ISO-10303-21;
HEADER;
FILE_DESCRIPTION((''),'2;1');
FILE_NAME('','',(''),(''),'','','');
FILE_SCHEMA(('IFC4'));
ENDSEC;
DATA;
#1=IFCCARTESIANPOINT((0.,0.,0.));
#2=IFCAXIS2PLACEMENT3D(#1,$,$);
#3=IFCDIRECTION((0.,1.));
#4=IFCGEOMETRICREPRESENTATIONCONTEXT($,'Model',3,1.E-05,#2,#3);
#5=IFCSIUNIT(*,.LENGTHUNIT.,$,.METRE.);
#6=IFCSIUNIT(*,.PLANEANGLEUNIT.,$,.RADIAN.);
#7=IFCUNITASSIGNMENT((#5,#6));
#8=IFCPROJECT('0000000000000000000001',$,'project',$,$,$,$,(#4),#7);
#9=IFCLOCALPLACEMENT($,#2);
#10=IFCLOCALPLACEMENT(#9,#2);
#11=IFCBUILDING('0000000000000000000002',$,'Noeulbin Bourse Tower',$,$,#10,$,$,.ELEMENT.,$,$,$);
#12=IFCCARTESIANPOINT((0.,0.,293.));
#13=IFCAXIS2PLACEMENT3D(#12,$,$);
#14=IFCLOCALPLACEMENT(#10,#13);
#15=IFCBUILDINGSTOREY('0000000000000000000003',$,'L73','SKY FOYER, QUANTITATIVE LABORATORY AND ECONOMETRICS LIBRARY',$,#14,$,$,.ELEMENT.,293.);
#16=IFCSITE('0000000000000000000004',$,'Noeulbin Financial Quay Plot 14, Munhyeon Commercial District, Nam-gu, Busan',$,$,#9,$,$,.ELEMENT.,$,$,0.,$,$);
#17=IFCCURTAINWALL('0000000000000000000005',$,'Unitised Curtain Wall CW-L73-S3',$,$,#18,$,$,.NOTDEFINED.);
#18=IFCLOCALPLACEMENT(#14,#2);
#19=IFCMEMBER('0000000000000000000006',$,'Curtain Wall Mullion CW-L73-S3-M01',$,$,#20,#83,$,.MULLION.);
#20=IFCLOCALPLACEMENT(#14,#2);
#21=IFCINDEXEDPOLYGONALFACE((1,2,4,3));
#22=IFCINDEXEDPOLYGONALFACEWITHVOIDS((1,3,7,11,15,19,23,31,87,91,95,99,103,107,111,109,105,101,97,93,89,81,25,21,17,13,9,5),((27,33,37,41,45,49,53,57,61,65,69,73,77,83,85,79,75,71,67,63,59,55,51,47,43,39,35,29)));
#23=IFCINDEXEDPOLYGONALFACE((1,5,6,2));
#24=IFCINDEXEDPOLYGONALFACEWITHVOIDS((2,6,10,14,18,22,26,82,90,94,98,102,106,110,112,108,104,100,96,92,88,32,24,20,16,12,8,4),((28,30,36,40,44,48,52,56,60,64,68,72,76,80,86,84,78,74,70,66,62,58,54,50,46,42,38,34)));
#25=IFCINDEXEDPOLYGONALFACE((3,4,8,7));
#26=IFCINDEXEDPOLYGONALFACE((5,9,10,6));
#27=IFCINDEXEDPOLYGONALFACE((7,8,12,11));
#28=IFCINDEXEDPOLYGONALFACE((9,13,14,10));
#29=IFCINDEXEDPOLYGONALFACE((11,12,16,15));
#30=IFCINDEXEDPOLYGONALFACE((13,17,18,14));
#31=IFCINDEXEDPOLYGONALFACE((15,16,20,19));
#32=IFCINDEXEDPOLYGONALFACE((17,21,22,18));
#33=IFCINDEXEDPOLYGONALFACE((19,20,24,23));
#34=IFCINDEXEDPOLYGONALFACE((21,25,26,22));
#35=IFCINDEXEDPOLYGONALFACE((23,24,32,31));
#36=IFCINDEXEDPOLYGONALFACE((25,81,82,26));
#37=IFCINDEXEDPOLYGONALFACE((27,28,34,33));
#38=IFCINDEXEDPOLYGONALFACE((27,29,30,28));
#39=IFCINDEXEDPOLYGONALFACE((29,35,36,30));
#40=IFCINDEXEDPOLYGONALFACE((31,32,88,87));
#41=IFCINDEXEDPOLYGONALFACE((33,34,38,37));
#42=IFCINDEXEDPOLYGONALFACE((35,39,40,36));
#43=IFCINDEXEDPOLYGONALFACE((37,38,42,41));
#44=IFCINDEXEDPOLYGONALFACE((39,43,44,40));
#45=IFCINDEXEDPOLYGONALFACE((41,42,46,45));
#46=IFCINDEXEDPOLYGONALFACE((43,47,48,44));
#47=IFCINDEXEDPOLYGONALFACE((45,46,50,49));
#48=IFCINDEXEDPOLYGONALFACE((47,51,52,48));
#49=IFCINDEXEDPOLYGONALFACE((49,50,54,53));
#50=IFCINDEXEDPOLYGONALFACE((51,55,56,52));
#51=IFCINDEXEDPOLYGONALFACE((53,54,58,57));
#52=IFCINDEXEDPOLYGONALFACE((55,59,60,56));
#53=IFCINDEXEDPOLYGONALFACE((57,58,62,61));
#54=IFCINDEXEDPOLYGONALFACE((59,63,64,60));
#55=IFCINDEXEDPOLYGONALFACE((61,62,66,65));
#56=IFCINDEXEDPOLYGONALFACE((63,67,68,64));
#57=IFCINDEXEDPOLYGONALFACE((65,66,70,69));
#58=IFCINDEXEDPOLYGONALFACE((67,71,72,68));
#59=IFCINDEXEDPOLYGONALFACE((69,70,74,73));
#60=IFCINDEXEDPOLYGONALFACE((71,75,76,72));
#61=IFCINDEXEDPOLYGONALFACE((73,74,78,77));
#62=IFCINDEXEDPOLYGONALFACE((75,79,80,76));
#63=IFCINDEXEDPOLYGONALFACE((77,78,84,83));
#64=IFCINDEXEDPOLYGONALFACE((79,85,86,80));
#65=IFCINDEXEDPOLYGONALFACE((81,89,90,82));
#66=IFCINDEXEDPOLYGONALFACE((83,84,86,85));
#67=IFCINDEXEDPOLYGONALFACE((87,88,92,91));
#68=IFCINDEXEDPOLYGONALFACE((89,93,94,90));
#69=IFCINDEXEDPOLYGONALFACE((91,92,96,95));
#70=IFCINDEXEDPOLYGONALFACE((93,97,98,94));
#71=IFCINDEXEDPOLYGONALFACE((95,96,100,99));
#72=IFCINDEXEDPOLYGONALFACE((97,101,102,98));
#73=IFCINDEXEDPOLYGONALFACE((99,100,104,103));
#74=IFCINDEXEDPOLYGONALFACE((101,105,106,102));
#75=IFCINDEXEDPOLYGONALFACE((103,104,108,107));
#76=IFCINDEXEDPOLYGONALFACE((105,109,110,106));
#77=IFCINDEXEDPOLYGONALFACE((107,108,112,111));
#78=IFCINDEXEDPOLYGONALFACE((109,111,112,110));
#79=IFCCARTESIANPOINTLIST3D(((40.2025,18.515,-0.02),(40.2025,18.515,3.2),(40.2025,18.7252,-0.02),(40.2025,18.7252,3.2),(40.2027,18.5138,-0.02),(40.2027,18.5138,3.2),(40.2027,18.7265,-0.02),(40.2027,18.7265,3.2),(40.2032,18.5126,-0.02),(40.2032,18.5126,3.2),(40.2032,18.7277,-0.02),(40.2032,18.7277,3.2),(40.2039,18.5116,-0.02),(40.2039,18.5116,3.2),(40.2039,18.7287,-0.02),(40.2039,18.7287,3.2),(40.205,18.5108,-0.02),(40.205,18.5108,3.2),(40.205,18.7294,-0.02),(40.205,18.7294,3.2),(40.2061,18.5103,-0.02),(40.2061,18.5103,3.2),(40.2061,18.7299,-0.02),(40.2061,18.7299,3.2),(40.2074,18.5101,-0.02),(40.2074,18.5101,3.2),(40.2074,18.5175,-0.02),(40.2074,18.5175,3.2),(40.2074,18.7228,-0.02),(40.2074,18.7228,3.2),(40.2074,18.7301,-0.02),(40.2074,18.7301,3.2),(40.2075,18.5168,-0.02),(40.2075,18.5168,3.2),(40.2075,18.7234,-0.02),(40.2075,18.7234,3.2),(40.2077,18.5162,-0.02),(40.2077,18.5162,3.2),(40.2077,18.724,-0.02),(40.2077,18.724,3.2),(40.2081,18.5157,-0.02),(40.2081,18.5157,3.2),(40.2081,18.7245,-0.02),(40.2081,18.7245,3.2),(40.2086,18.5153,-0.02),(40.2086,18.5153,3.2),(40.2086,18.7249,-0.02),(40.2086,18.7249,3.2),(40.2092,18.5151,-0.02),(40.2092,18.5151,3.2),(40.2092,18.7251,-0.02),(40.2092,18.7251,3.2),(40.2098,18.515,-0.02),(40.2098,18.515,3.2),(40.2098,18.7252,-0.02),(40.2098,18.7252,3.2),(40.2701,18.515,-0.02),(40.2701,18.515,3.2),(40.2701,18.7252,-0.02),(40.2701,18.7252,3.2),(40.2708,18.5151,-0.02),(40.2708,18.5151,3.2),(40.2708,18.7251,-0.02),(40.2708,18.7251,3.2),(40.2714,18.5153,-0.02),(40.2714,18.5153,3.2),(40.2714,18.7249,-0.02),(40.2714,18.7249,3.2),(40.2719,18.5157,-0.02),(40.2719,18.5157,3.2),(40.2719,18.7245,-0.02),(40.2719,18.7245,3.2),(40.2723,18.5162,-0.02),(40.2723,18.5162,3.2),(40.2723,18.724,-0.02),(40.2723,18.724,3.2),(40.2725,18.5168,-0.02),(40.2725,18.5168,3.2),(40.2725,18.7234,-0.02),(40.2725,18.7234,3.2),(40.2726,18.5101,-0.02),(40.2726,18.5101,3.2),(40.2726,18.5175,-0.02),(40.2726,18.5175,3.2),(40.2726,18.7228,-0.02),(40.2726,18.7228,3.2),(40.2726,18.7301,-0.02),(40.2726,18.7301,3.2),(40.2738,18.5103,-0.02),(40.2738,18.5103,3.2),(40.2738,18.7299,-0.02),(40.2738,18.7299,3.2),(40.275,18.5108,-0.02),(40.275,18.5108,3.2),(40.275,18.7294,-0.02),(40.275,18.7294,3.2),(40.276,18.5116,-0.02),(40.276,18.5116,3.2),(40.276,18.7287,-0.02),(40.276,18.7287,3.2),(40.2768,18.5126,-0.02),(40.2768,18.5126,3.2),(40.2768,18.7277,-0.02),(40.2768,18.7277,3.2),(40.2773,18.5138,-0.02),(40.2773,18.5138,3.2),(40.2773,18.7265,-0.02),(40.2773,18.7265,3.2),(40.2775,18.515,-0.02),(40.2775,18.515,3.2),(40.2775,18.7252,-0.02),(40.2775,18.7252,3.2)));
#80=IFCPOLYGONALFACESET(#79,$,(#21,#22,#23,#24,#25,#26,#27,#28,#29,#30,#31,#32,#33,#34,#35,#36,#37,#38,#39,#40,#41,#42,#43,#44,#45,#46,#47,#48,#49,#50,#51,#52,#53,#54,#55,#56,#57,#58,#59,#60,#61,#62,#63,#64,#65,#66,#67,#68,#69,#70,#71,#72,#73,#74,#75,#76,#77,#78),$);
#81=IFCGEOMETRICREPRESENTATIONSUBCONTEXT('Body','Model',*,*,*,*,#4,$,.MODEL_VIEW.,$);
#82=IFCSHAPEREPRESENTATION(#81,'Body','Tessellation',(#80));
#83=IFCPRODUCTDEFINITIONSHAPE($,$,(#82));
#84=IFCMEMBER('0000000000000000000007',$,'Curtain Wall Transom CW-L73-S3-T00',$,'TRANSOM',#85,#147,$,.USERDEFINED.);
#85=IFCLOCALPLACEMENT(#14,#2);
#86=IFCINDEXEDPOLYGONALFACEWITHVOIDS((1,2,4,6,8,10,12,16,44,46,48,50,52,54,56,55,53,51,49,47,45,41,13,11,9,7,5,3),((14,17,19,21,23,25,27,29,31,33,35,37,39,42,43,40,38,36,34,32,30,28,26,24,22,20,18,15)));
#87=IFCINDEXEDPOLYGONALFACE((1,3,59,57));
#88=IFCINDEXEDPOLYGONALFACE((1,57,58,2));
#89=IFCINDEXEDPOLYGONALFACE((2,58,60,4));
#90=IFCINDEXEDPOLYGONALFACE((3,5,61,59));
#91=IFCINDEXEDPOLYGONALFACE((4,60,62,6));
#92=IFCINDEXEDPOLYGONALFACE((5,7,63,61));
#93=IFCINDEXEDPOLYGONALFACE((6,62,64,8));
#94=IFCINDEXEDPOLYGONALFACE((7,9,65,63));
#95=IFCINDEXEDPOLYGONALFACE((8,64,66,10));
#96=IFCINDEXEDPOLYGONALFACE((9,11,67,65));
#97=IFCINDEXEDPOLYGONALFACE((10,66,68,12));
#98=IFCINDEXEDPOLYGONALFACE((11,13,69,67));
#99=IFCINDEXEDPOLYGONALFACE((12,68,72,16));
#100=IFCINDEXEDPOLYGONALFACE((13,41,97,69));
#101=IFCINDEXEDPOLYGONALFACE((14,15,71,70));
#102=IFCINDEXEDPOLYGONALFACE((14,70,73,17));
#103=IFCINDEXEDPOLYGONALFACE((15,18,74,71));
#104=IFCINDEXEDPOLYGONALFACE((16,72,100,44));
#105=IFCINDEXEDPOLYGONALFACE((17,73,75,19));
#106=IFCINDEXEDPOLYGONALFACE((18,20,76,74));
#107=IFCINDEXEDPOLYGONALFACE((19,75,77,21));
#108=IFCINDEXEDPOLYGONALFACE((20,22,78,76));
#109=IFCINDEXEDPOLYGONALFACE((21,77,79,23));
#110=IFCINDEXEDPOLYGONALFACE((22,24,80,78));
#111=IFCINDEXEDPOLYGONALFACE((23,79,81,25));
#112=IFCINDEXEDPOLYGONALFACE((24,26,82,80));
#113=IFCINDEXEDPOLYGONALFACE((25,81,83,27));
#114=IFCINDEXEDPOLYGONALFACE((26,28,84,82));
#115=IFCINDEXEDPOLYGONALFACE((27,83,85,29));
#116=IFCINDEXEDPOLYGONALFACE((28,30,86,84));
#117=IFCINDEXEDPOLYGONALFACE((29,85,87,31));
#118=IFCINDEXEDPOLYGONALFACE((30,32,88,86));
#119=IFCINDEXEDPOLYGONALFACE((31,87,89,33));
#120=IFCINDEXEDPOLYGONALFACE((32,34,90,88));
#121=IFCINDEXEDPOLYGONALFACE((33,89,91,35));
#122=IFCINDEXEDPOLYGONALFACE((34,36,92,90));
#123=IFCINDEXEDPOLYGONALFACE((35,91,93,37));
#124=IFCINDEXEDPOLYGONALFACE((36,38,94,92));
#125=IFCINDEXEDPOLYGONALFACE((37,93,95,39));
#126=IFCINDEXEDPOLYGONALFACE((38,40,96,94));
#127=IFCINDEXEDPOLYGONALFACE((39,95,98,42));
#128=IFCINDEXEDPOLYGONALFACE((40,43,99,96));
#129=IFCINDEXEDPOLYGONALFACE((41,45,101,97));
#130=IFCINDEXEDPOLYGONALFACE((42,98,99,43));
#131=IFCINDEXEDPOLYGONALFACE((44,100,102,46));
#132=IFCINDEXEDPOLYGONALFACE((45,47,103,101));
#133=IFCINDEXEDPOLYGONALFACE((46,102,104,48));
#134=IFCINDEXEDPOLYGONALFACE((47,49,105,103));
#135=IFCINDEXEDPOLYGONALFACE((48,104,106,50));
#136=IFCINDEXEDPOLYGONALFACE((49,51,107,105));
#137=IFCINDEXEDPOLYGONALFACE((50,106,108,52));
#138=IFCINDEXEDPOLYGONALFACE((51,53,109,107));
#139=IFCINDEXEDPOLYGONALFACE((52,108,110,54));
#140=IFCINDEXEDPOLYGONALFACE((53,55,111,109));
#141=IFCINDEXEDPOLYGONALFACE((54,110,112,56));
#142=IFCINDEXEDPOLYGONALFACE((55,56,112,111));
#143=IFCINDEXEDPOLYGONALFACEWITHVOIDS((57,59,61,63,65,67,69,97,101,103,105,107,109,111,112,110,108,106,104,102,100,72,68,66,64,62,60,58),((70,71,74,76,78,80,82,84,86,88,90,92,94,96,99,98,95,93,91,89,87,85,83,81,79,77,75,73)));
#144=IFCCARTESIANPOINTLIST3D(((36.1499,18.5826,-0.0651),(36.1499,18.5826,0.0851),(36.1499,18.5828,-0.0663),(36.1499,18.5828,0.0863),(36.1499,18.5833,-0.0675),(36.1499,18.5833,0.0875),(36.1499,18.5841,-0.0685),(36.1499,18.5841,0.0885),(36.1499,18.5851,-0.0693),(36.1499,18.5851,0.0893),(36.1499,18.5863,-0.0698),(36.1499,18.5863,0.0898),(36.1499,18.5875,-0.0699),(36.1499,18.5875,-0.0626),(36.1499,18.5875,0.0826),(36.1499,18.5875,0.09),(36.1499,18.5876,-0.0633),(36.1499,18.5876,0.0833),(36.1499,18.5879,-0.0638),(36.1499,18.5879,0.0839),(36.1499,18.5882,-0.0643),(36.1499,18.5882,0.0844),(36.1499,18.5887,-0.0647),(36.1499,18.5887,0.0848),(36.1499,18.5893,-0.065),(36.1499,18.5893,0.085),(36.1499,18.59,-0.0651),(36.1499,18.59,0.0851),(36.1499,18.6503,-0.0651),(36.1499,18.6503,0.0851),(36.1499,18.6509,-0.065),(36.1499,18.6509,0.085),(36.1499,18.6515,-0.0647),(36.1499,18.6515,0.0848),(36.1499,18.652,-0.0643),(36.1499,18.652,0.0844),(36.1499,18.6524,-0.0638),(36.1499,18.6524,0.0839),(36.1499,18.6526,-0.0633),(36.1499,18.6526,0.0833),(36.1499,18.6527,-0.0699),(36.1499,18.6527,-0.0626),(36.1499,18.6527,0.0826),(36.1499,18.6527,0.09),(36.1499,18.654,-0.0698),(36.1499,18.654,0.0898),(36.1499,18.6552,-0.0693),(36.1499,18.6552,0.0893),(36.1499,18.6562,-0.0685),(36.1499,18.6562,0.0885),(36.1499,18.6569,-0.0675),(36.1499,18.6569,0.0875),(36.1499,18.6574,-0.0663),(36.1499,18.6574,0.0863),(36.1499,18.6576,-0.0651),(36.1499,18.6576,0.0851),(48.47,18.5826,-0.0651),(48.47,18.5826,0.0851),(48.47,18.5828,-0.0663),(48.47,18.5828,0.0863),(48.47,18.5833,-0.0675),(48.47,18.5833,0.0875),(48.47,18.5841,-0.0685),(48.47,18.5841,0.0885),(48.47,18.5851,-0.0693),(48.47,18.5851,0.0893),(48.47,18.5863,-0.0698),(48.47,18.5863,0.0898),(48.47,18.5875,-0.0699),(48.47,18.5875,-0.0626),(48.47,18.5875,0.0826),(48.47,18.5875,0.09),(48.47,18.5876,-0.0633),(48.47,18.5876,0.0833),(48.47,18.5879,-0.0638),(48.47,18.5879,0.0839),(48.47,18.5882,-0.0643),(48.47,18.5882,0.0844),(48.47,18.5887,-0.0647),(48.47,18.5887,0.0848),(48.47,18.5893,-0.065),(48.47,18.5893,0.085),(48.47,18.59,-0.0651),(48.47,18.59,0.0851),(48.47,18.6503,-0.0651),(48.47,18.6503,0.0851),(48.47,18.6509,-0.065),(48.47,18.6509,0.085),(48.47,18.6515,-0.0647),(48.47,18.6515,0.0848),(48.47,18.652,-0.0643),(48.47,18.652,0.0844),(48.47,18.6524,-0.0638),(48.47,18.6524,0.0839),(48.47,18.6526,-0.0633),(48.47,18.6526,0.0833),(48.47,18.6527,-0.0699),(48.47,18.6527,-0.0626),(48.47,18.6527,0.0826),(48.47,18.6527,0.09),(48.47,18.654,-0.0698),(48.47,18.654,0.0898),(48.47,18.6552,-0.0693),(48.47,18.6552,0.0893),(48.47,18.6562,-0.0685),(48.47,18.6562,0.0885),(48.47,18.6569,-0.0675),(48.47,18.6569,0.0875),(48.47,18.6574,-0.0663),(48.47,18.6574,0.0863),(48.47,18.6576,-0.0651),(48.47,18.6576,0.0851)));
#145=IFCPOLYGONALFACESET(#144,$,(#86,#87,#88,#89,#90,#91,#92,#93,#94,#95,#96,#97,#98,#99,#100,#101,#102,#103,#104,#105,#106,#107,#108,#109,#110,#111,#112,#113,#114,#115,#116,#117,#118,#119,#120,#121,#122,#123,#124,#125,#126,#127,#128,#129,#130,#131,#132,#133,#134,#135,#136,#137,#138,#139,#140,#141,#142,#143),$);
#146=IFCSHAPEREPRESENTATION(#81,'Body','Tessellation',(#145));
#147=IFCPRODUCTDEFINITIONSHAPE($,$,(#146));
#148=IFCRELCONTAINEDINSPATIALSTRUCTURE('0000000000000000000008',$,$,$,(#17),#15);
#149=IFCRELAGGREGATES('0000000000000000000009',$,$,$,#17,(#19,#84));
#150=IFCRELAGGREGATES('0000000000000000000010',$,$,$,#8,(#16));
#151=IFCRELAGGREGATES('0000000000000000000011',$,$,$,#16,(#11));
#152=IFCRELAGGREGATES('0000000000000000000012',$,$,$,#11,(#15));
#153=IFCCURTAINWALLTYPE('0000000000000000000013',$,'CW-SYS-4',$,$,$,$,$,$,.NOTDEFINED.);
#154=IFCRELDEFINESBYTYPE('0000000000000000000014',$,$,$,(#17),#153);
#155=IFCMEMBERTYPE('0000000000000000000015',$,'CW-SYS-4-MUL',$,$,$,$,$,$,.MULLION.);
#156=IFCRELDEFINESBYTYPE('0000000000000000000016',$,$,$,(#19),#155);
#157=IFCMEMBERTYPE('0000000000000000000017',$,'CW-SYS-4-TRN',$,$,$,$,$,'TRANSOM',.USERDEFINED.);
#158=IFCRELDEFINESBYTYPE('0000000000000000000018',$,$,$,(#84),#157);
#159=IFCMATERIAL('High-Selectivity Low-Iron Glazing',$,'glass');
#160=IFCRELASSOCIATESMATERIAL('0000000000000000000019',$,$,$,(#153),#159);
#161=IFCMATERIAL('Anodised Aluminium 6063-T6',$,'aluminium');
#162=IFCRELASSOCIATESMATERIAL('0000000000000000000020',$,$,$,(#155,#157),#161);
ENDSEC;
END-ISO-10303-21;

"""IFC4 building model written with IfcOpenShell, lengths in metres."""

from ifc_helpers import new_model, si_unit, direction, frame, origin, origin_2d, place, context, subcontext, project, spatial, hollow_rectangle, extrude, material, material_profile, profile_set, type_object, element, aggregate, save


model = new_model("IFC4")

# Units and contexts
model_context = context("Model", 3, precision=1e-05, world=origin(), true_north=direction((0.0, 1.0)))
body_context = subcontext(model_context, "Body", "Model", "MODEL_VIEW")
ifc_project = project(units=[si_unit("LENGTHUNIT", "METRE"), si_unit("PLANEANGLEUNIT", "RADIAN")], contexts=[model_context])

# Site, building, storey
site_placement = place(None, origin())
site = spatial("IfcSite", under=ifc_project, at=site_placement, Name="Noeulbin Financial Quay Plot 14, Munhyeon Commercial District, Nam-gu, Busan", CompositionType="ELEMENT", RefElevation=0.0)
building_placement = place(site_placement, origin())
building = spatial("IfcBuilding", under=site, at=building_placement, Name="Noeulbin Bourse Tower", CompositionType="ELEMENT")
storey_placement = place(building_placement, frame((0.0, 0.0, 293.0)))
storey = spatial("IfcBuildingStorey", under=building, at=storey_placement, Name="L73", Description="SKY FOYER, QUANTITATIVE LABORATORY AND ECONOMETRICS LIBRARY", CompositionType="ELEMENT", Elevation=293.0)

# Shared definitions
ifc_material_1 = material(Name="High-Selectivity Low-Iron Glazing", Category="glass")
curtain_wall_type = type_object("IfcCurtainWallType", Name="CW-SYS-4", PredefinedType="NOTDEFINED", material=ifc_material_1)
ifc_material_2 = material(Name="Anodised Aluminium 6063-T6", Category="aluminium")
ifc_material_profile_1 = material_profile(ifc_material_2, hollow_rectangle(XDim=0.075, YDim=0.22, WallThickness=0.0049, InnerFilletRadius=0.0024, OuterFilletRadius=0.0049, at=origin_2d()), Name="ALU-MULL-75x220x5", Category="LoadBearing")
ifc_profile_set_1 = profile_set([ifc_material_profile_1], Name="Anodised Aluminium 6063-T6")
member_type_1 = type_object("IfcMemberType", Name="CW-SYS-4-MUL", PredefinedType="MULLION", material=ifc_profile_set_1)

# Curtain wall, members
curtain_wall_1_placement = place(storey_placement, origin())
curtain_wall_1 = element("IfcCurtainWall", 1, at=curtain_wall_1_placement, inside=storey, type_object=curtain_wall_type, Name="Unitised Curtain Wall CW-L73-S3", PredefinedType="NOTDEFINED")
member_1_placement = place(storey_placement, frame((40.24, 18.6201, -0.02), z_axis=(0.0, 0.0, 1.0), x_axis=(1.0, 0.0, 0.0)))
member_1 = element("IfcMember", 2, at=member_1_placement, type_object=member_type_1, Name="Curtain Wall Mullion CW-L73-S3-M01", PredefinedType="MULLION", context=body_context, shape_type="SweptSolid", body=[
    extrude(hollow_rectangle(XDim=0.075, YDim=0.22, WallThickness=0.0049, InnerFilletRadius=0.0024, OuterFilletRadius=0.0049, at=origin_2d()), origin(), (0.0, 0.0, 1.0), 3.22),
])
ifc_material_profile_2 = material_profile(ifc_material_2, hollow_rectangle(XDim=0.075, YDim=0.1599, WallThickness=0.0049, InnerFilletRadius=0.0024, OuterFilletRadius=0.0049, at=origin_2d()), Name="ALU-TRAN-75x160x5", Category="LoadBearing")
ifc_profile_set_2 = profile_set([ifc_material_profile_2], Name="Anodised Aluminium 6063-T6")
member_type_2 = type_object("IfcMemberType", Name="CW-SYS-4-TRN", ElementType="TRANSOM", PredefinedType="USERDEFINED", material=ifc_profile_set_2)
member_2_placement = place(storey_placement, frame((36.1499, 18.6201, 0.01), z_axis=(1.0, 0.0, 0.0), x_axis=(0.0, 1.0, 0.0)))
member_2 = element("IfcMember", 3, at=member_2_placement, type_object=member_type_2, Name="Curtain Wall Transom CW-L73-S3-T00", ObjectType="TRANSOM", PredefinedType="USERDEFINED", context=body_context, shape_type="SweptSolid", body=[
    extrude(hollow_rectangle(XDim=0.075, YDim=0.1599, WallThickness=0.0049, InnerFilletRadius=0.0024, OuterFilletRadius=0.0049, at=origin_2d()), origin(), (0.0, 0.0, 1.0), 12.3201),
])
aggregate(curtain_wall_1, [member_1, member_2])

save(model, "model.ifc")
